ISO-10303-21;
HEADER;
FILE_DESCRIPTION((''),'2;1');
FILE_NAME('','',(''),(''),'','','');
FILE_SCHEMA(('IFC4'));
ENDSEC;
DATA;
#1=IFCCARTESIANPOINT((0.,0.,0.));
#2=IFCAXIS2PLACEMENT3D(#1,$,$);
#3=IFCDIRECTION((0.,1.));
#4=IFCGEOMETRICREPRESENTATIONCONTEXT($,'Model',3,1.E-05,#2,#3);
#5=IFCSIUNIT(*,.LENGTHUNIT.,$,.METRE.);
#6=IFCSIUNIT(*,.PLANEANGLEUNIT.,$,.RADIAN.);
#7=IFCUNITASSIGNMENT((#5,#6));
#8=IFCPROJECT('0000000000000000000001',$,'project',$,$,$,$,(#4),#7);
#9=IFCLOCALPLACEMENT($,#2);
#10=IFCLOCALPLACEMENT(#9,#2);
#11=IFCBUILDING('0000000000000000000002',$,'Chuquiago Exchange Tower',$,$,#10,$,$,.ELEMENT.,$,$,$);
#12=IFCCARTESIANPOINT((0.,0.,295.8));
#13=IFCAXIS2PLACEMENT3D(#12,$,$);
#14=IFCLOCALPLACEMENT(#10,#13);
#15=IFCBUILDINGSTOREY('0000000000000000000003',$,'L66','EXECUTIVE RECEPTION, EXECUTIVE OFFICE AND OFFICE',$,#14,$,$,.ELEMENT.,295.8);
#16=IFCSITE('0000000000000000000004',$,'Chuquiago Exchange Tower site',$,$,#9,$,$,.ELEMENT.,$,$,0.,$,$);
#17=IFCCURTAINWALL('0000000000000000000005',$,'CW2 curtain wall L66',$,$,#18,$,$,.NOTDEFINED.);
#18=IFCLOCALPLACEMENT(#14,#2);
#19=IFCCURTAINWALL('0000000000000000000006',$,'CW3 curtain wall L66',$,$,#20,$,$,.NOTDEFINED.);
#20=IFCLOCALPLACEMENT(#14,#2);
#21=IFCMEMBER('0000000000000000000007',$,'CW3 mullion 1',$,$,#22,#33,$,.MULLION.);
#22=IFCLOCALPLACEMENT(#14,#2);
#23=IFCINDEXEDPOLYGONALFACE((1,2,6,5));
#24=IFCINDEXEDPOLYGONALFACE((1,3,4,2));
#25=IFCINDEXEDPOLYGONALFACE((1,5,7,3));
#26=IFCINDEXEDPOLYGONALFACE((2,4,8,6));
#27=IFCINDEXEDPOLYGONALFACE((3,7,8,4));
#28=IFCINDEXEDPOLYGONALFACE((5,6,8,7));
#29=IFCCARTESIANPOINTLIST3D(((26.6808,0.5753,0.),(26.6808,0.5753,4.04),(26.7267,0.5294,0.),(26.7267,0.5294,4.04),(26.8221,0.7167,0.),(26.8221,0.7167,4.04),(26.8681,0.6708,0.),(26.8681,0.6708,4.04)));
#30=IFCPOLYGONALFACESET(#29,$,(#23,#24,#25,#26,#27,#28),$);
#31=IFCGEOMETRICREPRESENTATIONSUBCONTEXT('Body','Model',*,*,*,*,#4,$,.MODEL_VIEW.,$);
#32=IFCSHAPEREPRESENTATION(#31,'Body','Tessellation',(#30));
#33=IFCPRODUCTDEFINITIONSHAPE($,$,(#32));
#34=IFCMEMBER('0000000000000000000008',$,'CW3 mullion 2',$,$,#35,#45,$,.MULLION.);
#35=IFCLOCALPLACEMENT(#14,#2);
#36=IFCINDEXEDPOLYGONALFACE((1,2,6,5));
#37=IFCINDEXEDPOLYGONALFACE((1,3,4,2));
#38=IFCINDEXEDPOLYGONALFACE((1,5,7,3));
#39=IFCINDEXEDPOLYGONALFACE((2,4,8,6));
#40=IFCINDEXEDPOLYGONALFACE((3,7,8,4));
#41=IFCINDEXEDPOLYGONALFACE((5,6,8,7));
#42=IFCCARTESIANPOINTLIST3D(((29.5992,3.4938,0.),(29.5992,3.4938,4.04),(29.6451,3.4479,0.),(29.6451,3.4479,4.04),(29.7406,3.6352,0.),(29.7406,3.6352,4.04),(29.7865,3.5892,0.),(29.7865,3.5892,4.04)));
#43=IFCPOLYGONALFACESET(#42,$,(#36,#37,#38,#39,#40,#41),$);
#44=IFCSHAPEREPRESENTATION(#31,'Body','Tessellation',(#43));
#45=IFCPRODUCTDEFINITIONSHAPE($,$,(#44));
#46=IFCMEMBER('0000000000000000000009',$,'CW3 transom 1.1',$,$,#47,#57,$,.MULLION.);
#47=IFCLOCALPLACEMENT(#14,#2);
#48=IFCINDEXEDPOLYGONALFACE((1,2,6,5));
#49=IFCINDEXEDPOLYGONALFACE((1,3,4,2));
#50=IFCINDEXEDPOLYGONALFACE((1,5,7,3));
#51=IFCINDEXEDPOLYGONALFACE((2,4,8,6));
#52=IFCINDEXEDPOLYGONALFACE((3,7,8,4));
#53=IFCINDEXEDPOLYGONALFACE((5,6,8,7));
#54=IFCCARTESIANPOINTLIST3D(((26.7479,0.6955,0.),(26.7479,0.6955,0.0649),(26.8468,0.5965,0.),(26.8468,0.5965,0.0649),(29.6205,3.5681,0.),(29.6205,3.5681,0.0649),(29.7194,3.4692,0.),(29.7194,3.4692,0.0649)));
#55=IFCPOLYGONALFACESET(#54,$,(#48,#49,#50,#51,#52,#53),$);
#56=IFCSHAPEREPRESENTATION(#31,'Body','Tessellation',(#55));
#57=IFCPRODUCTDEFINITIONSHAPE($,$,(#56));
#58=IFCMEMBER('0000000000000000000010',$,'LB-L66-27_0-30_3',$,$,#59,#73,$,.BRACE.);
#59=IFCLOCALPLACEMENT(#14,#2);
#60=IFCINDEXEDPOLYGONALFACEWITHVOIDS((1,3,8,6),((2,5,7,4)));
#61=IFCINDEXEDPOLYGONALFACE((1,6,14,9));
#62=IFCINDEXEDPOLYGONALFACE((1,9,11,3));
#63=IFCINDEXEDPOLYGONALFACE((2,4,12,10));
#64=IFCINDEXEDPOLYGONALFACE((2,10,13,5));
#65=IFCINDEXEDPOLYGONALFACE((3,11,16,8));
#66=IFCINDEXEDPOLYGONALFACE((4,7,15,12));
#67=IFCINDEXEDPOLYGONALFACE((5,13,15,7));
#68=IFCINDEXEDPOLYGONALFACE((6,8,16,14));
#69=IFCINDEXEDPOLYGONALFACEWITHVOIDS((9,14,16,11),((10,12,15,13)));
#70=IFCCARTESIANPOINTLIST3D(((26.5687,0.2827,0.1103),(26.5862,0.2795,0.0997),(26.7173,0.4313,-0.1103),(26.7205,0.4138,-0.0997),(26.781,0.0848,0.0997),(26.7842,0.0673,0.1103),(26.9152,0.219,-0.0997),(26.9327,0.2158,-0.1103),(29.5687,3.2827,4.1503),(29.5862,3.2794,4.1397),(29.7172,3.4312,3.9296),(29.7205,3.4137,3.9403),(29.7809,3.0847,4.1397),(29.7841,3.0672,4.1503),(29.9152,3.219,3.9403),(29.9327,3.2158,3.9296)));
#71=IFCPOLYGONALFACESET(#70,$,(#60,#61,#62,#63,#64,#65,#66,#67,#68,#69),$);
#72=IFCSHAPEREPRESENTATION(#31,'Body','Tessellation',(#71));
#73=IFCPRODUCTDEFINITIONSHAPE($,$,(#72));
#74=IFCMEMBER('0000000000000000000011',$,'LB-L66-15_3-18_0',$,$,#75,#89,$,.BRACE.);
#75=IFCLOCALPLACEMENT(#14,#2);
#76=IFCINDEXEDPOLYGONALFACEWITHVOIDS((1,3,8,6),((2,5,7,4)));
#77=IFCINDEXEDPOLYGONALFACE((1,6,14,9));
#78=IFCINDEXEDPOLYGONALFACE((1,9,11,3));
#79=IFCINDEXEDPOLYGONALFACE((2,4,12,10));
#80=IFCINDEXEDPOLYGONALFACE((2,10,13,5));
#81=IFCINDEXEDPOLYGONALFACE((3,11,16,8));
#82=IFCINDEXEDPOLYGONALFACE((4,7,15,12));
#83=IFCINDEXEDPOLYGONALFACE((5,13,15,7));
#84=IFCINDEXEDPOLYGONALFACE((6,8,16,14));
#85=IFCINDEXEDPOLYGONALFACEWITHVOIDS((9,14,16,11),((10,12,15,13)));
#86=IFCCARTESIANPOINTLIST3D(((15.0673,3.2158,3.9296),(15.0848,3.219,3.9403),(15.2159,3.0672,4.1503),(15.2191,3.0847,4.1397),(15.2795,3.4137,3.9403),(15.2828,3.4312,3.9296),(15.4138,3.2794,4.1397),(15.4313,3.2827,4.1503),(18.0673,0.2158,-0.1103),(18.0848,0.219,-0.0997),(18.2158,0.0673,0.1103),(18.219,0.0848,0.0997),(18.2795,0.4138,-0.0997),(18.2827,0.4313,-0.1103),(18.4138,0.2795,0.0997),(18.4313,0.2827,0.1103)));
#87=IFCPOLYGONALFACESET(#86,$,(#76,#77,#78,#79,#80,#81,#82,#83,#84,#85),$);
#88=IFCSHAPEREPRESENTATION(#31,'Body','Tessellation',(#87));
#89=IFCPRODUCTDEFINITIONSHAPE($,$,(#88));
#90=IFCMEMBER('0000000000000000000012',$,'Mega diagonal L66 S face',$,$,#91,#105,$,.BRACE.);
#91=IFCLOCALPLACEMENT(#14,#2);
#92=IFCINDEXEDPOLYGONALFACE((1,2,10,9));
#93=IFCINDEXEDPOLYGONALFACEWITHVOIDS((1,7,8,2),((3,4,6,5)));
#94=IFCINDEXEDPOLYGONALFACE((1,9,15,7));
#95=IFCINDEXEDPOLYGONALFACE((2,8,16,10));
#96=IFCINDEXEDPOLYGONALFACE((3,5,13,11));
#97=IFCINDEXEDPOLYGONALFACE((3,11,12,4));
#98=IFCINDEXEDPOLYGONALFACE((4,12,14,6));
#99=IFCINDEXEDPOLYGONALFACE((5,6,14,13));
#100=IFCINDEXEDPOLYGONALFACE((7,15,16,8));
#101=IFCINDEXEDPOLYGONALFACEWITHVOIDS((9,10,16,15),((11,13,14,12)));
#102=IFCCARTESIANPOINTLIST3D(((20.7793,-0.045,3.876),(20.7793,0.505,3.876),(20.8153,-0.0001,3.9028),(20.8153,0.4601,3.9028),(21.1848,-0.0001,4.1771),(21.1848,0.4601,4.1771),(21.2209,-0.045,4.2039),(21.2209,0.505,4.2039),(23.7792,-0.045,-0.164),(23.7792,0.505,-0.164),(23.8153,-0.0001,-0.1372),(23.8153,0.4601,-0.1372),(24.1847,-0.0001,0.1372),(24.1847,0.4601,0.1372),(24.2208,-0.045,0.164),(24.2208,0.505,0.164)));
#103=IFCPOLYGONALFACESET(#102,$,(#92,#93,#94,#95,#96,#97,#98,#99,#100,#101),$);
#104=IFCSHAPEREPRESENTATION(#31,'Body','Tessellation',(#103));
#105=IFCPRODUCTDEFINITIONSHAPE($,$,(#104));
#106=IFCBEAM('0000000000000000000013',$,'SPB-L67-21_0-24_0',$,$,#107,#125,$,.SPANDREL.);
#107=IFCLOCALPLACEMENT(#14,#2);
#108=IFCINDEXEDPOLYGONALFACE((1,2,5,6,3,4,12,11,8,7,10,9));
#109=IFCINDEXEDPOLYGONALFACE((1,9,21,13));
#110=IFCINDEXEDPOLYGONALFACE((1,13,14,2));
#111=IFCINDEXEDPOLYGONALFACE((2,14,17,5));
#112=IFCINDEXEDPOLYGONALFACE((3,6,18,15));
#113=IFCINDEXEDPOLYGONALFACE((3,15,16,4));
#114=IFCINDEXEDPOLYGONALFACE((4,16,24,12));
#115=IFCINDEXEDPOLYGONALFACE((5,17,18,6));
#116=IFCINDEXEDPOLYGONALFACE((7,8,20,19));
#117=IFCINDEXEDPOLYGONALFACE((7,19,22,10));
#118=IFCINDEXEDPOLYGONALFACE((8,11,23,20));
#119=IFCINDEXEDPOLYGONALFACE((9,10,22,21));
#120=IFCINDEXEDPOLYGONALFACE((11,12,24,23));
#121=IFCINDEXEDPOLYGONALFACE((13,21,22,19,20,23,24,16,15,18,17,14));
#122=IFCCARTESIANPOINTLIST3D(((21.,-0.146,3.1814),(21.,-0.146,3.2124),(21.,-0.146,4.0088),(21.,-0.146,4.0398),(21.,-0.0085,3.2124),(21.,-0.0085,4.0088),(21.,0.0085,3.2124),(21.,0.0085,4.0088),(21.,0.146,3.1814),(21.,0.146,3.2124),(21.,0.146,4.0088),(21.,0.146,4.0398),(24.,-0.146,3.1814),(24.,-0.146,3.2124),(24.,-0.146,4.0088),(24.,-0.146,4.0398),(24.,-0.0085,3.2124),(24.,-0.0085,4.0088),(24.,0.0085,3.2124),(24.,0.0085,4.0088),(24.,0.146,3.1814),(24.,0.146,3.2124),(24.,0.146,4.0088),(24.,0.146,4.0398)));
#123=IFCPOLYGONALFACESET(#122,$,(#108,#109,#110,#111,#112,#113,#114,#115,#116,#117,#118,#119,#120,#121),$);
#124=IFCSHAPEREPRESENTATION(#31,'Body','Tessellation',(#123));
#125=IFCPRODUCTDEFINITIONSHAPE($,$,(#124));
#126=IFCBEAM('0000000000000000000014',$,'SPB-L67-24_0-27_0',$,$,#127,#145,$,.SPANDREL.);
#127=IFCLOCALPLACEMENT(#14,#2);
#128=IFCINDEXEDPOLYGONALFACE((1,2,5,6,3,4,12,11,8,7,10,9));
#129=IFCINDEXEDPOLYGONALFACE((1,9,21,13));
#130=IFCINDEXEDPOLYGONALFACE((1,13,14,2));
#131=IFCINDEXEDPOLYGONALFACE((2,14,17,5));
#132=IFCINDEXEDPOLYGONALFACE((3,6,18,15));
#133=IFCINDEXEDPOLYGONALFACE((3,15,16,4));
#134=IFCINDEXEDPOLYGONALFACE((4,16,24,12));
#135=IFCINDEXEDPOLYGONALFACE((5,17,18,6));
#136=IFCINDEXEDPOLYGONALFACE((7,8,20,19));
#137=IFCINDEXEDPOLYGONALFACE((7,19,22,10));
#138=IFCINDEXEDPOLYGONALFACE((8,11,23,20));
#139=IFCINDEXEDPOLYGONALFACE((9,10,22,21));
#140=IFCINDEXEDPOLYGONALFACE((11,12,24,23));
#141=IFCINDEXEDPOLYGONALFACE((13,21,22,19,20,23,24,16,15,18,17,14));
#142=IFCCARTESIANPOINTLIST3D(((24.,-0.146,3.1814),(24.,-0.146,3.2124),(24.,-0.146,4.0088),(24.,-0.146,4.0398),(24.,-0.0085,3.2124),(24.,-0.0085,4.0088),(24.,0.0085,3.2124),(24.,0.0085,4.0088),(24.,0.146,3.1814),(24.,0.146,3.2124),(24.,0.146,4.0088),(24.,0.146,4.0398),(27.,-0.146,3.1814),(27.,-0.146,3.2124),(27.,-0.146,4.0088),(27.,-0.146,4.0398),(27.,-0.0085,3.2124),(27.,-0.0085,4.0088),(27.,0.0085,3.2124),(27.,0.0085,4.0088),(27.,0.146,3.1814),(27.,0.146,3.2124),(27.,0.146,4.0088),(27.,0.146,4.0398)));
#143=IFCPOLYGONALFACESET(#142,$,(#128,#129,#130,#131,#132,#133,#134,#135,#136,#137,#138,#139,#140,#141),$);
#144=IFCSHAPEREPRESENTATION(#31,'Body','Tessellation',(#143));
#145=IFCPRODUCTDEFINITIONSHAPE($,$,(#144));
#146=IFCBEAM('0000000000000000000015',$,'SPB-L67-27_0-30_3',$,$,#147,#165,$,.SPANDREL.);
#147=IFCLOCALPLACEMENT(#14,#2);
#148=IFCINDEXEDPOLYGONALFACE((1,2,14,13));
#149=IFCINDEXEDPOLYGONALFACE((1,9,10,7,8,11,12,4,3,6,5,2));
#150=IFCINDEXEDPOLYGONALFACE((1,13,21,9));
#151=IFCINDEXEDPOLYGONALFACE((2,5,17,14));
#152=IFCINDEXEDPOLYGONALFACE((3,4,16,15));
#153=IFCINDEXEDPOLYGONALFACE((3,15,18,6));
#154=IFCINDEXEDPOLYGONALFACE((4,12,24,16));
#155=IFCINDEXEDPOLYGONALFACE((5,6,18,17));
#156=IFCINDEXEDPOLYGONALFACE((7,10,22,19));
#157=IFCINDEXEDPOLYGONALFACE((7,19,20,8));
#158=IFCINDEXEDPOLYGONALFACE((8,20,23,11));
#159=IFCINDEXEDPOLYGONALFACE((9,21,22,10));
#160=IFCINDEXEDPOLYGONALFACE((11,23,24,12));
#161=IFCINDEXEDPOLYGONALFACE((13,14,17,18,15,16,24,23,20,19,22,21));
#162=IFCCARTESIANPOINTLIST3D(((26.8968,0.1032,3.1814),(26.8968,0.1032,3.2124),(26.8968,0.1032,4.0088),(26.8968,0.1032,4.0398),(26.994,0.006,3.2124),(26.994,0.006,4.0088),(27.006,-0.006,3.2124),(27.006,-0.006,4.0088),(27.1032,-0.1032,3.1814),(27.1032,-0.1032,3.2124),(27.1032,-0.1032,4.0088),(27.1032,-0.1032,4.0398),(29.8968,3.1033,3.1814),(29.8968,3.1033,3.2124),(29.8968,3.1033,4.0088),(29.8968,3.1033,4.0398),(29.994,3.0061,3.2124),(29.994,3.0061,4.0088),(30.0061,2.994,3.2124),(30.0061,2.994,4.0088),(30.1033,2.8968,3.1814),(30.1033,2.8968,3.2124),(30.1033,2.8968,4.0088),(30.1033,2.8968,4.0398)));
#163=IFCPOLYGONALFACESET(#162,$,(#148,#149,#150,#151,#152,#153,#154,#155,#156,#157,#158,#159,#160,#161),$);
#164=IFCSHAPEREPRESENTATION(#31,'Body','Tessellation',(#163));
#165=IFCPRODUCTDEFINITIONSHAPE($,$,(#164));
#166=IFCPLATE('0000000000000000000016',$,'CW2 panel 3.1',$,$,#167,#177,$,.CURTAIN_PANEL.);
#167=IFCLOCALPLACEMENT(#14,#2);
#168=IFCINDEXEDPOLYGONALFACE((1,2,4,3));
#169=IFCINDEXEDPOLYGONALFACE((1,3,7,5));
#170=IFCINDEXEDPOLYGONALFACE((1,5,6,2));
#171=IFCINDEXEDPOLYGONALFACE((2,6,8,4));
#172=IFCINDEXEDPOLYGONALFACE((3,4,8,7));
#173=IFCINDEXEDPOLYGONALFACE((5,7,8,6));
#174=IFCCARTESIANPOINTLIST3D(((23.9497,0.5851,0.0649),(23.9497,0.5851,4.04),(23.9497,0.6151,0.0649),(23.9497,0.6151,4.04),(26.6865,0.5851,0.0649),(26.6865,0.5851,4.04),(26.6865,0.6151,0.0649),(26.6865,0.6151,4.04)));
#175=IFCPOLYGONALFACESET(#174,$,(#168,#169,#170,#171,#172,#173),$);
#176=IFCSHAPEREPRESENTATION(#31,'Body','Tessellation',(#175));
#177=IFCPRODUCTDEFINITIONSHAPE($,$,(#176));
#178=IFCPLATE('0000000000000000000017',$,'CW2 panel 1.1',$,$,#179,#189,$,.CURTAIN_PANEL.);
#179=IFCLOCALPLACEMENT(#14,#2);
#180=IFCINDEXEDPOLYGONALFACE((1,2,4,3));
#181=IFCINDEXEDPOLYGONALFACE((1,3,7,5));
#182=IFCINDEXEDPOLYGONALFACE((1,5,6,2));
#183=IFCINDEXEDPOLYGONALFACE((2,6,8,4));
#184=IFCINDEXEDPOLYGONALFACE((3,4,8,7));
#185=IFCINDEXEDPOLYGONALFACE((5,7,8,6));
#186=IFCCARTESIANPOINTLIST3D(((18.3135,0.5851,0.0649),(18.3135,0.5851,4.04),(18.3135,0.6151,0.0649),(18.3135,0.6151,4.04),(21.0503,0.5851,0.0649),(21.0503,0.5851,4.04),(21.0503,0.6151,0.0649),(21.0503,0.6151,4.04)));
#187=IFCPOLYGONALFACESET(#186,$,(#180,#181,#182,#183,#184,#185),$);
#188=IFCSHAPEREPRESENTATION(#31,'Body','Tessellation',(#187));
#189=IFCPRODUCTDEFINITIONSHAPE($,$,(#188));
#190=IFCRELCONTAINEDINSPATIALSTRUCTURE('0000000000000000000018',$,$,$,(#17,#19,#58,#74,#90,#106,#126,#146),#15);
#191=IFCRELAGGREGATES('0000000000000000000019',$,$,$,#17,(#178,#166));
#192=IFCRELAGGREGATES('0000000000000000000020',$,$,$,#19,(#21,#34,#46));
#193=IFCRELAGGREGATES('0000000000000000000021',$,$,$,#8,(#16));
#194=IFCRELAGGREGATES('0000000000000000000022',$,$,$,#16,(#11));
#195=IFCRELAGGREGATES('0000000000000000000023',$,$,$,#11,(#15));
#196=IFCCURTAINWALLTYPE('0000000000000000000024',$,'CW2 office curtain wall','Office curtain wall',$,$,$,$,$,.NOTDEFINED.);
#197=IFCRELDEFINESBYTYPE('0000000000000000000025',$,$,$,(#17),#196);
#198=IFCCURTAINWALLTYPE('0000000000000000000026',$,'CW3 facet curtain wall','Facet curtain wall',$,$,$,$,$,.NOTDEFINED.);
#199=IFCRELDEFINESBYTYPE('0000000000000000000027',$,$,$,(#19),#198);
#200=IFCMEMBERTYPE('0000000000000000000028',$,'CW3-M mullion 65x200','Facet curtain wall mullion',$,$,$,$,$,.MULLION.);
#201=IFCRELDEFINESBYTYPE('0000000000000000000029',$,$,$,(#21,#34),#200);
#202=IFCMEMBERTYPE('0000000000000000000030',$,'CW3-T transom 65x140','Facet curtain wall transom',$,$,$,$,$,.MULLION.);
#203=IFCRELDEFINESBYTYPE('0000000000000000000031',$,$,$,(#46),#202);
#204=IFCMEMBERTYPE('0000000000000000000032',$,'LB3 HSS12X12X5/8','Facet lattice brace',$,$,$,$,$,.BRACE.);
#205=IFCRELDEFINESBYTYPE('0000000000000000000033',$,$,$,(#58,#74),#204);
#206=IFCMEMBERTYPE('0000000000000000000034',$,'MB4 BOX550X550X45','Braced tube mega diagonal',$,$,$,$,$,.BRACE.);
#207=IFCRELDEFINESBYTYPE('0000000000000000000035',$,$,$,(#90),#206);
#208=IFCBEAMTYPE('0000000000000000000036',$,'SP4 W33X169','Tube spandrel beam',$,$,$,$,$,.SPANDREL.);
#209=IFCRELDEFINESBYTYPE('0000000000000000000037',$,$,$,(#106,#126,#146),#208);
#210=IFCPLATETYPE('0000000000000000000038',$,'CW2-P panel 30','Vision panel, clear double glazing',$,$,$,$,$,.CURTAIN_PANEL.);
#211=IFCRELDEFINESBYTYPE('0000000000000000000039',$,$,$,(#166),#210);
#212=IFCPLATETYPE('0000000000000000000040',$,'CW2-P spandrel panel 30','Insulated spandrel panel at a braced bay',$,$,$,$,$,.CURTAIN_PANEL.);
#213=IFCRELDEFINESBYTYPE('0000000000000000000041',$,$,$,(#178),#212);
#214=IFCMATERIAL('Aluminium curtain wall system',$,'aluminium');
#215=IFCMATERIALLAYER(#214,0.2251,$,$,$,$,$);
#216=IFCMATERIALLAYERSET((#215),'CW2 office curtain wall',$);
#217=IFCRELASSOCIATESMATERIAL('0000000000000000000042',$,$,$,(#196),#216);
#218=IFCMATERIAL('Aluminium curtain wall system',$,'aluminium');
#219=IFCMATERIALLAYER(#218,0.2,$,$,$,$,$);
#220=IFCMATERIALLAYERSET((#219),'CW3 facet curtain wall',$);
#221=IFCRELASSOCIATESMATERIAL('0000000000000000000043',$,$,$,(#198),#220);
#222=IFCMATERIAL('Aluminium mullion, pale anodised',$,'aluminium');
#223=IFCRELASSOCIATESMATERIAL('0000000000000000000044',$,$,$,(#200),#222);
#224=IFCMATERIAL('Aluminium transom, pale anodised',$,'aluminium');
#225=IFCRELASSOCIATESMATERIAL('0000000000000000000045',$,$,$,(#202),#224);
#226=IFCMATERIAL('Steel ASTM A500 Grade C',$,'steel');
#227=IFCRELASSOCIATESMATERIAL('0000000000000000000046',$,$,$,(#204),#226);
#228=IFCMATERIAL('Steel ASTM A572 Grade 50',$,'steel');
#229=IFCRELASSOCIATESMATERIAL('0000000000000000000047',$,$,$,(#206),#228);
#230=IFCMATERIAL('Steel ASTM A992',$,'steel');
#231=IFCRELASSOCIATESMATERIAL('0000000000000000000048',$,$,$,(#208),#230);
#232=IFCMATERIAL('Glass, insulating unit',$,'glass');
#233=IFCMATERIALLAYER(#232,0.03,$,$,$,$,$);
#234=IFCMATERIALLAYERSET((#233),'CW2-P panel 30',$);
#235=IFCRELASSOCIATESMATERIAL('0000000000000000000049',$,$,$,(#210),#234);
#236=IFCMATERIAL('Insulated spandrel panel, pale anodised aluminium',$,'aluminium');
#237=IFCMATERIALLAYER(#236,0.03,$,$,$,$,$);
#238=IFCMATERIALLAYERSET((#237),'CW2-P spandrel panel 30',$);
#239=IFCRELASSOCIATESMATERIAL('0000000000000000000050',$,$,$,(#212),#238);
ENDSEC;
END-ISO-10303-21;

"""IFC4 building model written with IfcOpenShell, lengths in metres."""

from ifc_helpers import new_model, si_unit, direction, frame, origin, origin_2d, place, context, subcontext, project, spatial, rectangle, hollow_rectangle, i_section, extrude, material, layer, layer_set, material_profile, profile_set, type_object, element, aggregate, save


model = new_model("IFC4")

# Units and contexts
model_context = context("Model", 3, precision=1e-05, world=origin(), true_north=direction((0.0, 1.0)))
body_context = subcontext(model_context, "Body", "Model", "MODEL_VIEW")
ifc_project = project(units=[si_unit("LENGTHUNIT", "METRE"), si_unit("PLANEANGLEUNIT", "RADIAN")], contexts=[model_context])

# Site, building, storey
site_placement = place(None, origin())
site = spatial("IfcSite", under=ifc_project, at=site_placement, Name="Chuquiago Exchange Tower site", CompositionType="ELEMENT", RefElevation=0.0)
building_placement = place(site_placement, origin())
building = spatial("IfcBuilding", under=site, at=building_placement, Name="Chuquiago Exchange Tower", CompositionType="ELEMENT")
storey_placement = place(building_placement, frame((0.0, 0.0, 295.8)))
storey = spatial("IfcBuildingStorey", under=building, at=storey_placement, Name="L66", Description="EXECUTIVE RECEPTION, EXECUTIVE OFFICE AND OFFICE", CompositionType="ELEMENT", Elevation=295.8)

# Curtain walls, members
ifc_material_1 = material(Name="Aluminium curtain wall system", Category="aluminium")
ifc_layer_1 = layer(ifc_material_1, 0.2251)
ifc_layer_set_1 = layer_set([ifc_layer_1], Name="CW2 office curtain wall")
curtain_wall_type_1 = type_object("IfcCurtainWallType", Name="CW2 office curtain wall", Description="Office curtain wall", PredefinedType="NOTDEFINED", material=ifc_layer_set_1)
curtain_wall_1_placement = place(storey_placement, origin())
curtain_wall_1 = element("IfcCurtainWall", 1, at=curtain_wall_1_placement, inside=storey, type_object=curtain_wall_type_1, Name="CW2 curtain wall L66", PredefinedType="NOTDEFINED")
ifc_material_2 = material(Name="Aluminium curtain wall system", Category="aluminium")
ifc_layer_2 = layer(ifc_material_2, 0.2)
ifc_layer_set_2 = layer_set([ifc_layer_2], Name="CW3 facet curtain wall")
curtain_wall_type_2 = type_object("IfcCurtainWallType", Name="CW3 facet curtain wall", Description="Facet curtain wall", PredefinedType="NOTDEFINED", material=ifc_layer_set_2)
curtain_wall_2_placement = place(storey_placement, origin())
curtain_wall_2 = element("IfcCurtainWall", 2, at=curtain_wall_2_placement, inside=storey, type_object=curtain_wall_type_2, Name="CW3 curtain wall L66", PredefinedType="NOTDEFINED")
ifc_material_3 = material(Name="Aluminium mullion, pale anodised", Category="aluminium")
ifc_material_profile_1 = material_profile(ifc_material_3, rectangle(XDim=0.0649, YDim=0.2, at=origin_2d()), Name="AL 65x200")
ifc_profile_set_1 = profile_set([ifc_material_profile_1], Name="Aluminium mullion, pale anodised")
member_type_1 = type_object("IfcMemberType", Name="CW3-M mullion 65x200", Description="Facet curtain wall mullion", PredefinedType="MULLION", material=ifc_profile_set_1)
member_1_placement = place(storey_placement, frame((26.7744, 0.623, 0.0), z_axis=(0.0, 0.0, 1.0), x_axis=(-0.707107, 0.707107, 0.0)))
member_1 = element("IfcMember", 3, at=member_1_placement, type_object=member_type_1, Name="CW3 mullion 1", PredefinedType="MULLION", context=body_context, shape_type="SweptSolid", body=[
    extrude(rectangle(XDim=0.0649, YDim=0.2, at=origin_2d()), origin(), (0.0, 0.0, 1.0), 4.04),
])
member_2_placement = place(storey_placement, frame((29.6929, 3.5415, 0.0), z_axis=(0.0, 0.0, 1.0), x_axis=(-0.707107, 0.707107, 0.0)))
member_2 = element("IfcMember", 4, at=member_2_placement, type_object=member_type_1, Name="CW3 mullion 2", PredefinedType="MULLION", context=body_context, shape_type="SweptSolid", body=[
    extrude(rectangle(XDim=0.0649, YDim=0.2, at=origin_2d()), origin(), (0.0, 0.0, 1.0), 4.04),
])
ifc_material_4 = material(Name="Aluminium transom, pale anodised", Category="aluminium")
ifc_material_profile_2 = material_profile(ifc_material_4, rectangle(XDim=0.1399, YDim=0.0649, at=origin_2d()), Name="AL 140x65")
ifc_profile_set_2 = profile_set([ifc_material_profile_2], Name="Aluminium transom, pale anodised")
member_type_2 = type_object("IfcMemberType", Name="CW3-T transom 65x140", Description="Facet curtain wall transom", PredefinedType="MULLION", material=ifc_profile_set_2)
member_3_placement = place(storey_placement, frame((26.7974, 0.646, 0.0325), z_axis=(0.707107, 0.707107, 0.0), x_axis=(-0.707107, 0.707107, 0.0)))
member_3 = element("IfcMember", 5, at=member_3_placement, type_object=member_type_2, Name="CW3 transom 1.1", PredefinedType="MULLION", context=body_context, shape_type="SweptSolid", body=[
    extrude(rectangle(XDim=0.1399, YDim=0.0649, at=origin_2d()), origin(), (0.0, 0.0, 1.0), 4.0625),
])

# Members
ifc_material_5 = material(Name="Steel ASTM A500 Grade C", Category="steel")
ifc_material_profile_3 = material_profile(ifc_material_5, hollow_rectangle(XDim=0.3047, YDim=0.3047, WallThickness=0.0146, at=origin_2d()), Name="HSS12X12X5/8")
ifc_profile_set_3 = profile_set([ifc_material_profile_3], Name="Steel ASTM A500 Grade C")
member_type_3 = type_object("IfcMemberType", Name="LB3 HSS12X12X5/8", Description="Facet lattice brace", PredefinedType="BRACE", material=ifc_profile_set_3)
for number, where, z_axis, x_axis, name in (
    (6, (26.7507, 0.2493, 0.0), (0.512077, 0.512077, 0.689604), (-0.707107, 0.707107, 0.0), "LB-L66-27_0-30_3"),
    (7, (18.2493, 0.2493, 0.0), (-0.512077, 0.512077, 0.689604), (-0.707107, -0.707107, 0.0), "LB-L66-15_3-18_0"),
):
    element("IfcMember", number, at=place(storey_placement, frame(where, z_axis=z_axis, x_axis=x_axis)), inside=storey, type_object=member_type_3, Name=name, PredefinedType="BRACE", context=body_context, shape_type="SweptSolid", body=[
        extrude(hollow_rectangle(XDim=0.3047, YDim=0.3047, WallThickness=0.0146, at=origin_2d()), origin(), (0.0, 0.0, 1.0), 5.8584),
    ])
ifc_material_6 = material(Name="Steel ASTM A572 Grade 50", Category="steel")
ifc_material_profile_4 = material_profile(ifc_material_6, hollow_rectangle(XDim=0.55, YDim=0.55, WallThickness=0.0449, at=origin_2d()), Name="BOX550X550X45")
ifc_profile_set_4 = profile_set([ifc_material_profile_4], Name="Steel ASTM A572 Grade 50")
member_type_4 = type_object("IfcMemberType", Name="MB4 BOX550X550X45", Description="Braced tube mega diagonal", PredefinedType="BRACE", material=ifc_profile_set_4)
member_4_placement = place(storey_placement, frame((24.0, 0.23, 0.0), z_axis=(-0.596174, 0.0, 0.802855), x_axis=(0.0, -1.0, 0.0)))
element("IfcMember", 8, at=member_4_placement, inside=storey, type_object=member_type_4, Name="Mega diagonal L66 S face", PredefinedType="BRACE", context=body_context, shape_type="SweptSolid", body=[
    extrude(hollow_rectangle(XDim=0.55, YDim=0.55, WallThickness=0.0449, at=origin_2d()), origin(), (0.0, 0.0, 1.0), 5.032),
])

# Beams
ifc_material_7 = material(Name="Steel ASTM A992", Category="steel")
ifc_material_profile_5 = material_profile(ifc_material_7, i_section(OverallWidth=0.292, OverallDepth=0.8584, WebThickness=0.0171, FlangeThickness=0.031, at=origin_2d()), Name="W33X169")
ifc_profile_set_5 = profile_set([ifc_material_profile_5], Name="Steel ASTM A992")
beam_type = type_object("IfcBeamType", Name="SP4 W33X169", Description="Tube spandrel beam", PredefinedType="SPANDREL", material=ifc_profile_set_5)
for number, where, z_axis, x_axis, name in (
    (9, (21.0, 0.0, 3.6106), (1.0, 0.0, 0.0), (0.0, 1.0, 0.0), "SPB-L67-21_0-24_0"),
    (10, (24.0, 0.0, 3.6106), (1.0, 0.0, 0.0), (0.0, 1.0, 0.0), "SPB-L67-24_0-27_0"),
):
    element("IfcBeam", number, at=place(storey_placement, frame(where, z_axis=z_axis, x_axis=x_axis)), inside=storey, type_object=beam_type, Name=name, PredefinedType="SPANDREL", context=body_context, shape_type="SweptSolid", body=[
        extrude(i_section(OverallWidth=0.292, OverallDepth=0.8584, WebThickness=0.0171, FlangeThickness=0.031, at=origin_2d()), origin(), (0.0, 0.0, 1.0), 3.0),
    ])
beam_placement = place(storey_placement, frame((27.0, 0.0, 3.6106), z_axis=(0.707107, 0.707107, 0.0), x_axis=(-0.707107, 0.707107, 0.0)))
element("IfcBeam", 11, at=beam_placement, inside=storey, type_object=beam_type, Name="SPB-L67-27_0-30_3", PredefinedType="SPANDREL", context=body_context, shape_type="SweptSolid", body=[
    extrude(i_section(OverallWidth=0.292, OverallDepth=0.8584, WebThickness=0.0171, FlangeThickness=0.031, at=origin_2d()), origin(), (0.0, 0.0, 1.0), 4.2427),
])

# Plates
ifc_material_8 = material(Name="Glass, insulating unit", Category="glass")
ifc_layer_3 = layer(ifc_material_8, 0.03)
ifc_layer_set_3 = layer_set([ifc_layer_3], Name="CW2-P panel 30")
plate_type_1 = type_object("IfcPlateType", Name="CW2-P panel 30", Description="Vision panel, clear double glazing", PredefinedType="CURTAIN_PANEL", material=ifc_layer_set_3)
plate_1_placement = place(storey_placement, frame((25.3181, 0.6001, 0.0649), z_axis=(0.0, 0.0, 1.0), x_axis=(1.0, 0.0, 0.0)))
plate_1 = element("IfcPlate", 12, at=plate_1_placement, type_object=plate_type_1, Name="CW2 panel 3.1", PredefinedType="CURTAIN_PANEL", context=body_context, shape_type="SweptSolid", body=[
    extrude(rectangle(XDim=2.7368, YDim=0.03, at=origin_2d()), origin(), (0.0, 0.0, 1.0), 3.9751),
])
ifc_material_9 = material(Name="Insulated spandrel panel, pale anodised aluminium", Category="aluminium")
ifc_layer_4 = layer(ifc_material_9, 0.03)
ifc_layer_set_4 = layer_set([ifc_layer_4], Name="CW2-P spandrel panel 30")
plate_type_2 = type_object("IfcPlateType", Name="CW2-P spandrel panel 30", Description="Insulated spandrel panel at a braced bay", PredefinedType="CURTAIN_PANEL", material=ifc_layer_set_4)
plate_2_placement = place(storey_placement, frame((19.6819, 0.6001, 0.0649), z_axis=(0.0, 0.0, 1.0), x_axis=(1.0, 0.0, 0.0)))
plate_2 = element("IfcPlate", 13, at=plate_2_placement, type_object=plate_type_2, Name="CW2 panel 1.1", PredefinedType="CURTAIN_PANEL", context=body_context, shape_type="SweptSolid", body=[
    extrude(rectangle(XDim=2.7368, YDim=0.03, at=origin_2d()), origin(), (0.0, 0.0, 1.0), 3.9751),
])
aggregate(curtain_wall_1, [plate_2, plate_1])
aggregate(curtain_wall_2, [member_1, member_2, member_3])

save(model, "model.ifc")
